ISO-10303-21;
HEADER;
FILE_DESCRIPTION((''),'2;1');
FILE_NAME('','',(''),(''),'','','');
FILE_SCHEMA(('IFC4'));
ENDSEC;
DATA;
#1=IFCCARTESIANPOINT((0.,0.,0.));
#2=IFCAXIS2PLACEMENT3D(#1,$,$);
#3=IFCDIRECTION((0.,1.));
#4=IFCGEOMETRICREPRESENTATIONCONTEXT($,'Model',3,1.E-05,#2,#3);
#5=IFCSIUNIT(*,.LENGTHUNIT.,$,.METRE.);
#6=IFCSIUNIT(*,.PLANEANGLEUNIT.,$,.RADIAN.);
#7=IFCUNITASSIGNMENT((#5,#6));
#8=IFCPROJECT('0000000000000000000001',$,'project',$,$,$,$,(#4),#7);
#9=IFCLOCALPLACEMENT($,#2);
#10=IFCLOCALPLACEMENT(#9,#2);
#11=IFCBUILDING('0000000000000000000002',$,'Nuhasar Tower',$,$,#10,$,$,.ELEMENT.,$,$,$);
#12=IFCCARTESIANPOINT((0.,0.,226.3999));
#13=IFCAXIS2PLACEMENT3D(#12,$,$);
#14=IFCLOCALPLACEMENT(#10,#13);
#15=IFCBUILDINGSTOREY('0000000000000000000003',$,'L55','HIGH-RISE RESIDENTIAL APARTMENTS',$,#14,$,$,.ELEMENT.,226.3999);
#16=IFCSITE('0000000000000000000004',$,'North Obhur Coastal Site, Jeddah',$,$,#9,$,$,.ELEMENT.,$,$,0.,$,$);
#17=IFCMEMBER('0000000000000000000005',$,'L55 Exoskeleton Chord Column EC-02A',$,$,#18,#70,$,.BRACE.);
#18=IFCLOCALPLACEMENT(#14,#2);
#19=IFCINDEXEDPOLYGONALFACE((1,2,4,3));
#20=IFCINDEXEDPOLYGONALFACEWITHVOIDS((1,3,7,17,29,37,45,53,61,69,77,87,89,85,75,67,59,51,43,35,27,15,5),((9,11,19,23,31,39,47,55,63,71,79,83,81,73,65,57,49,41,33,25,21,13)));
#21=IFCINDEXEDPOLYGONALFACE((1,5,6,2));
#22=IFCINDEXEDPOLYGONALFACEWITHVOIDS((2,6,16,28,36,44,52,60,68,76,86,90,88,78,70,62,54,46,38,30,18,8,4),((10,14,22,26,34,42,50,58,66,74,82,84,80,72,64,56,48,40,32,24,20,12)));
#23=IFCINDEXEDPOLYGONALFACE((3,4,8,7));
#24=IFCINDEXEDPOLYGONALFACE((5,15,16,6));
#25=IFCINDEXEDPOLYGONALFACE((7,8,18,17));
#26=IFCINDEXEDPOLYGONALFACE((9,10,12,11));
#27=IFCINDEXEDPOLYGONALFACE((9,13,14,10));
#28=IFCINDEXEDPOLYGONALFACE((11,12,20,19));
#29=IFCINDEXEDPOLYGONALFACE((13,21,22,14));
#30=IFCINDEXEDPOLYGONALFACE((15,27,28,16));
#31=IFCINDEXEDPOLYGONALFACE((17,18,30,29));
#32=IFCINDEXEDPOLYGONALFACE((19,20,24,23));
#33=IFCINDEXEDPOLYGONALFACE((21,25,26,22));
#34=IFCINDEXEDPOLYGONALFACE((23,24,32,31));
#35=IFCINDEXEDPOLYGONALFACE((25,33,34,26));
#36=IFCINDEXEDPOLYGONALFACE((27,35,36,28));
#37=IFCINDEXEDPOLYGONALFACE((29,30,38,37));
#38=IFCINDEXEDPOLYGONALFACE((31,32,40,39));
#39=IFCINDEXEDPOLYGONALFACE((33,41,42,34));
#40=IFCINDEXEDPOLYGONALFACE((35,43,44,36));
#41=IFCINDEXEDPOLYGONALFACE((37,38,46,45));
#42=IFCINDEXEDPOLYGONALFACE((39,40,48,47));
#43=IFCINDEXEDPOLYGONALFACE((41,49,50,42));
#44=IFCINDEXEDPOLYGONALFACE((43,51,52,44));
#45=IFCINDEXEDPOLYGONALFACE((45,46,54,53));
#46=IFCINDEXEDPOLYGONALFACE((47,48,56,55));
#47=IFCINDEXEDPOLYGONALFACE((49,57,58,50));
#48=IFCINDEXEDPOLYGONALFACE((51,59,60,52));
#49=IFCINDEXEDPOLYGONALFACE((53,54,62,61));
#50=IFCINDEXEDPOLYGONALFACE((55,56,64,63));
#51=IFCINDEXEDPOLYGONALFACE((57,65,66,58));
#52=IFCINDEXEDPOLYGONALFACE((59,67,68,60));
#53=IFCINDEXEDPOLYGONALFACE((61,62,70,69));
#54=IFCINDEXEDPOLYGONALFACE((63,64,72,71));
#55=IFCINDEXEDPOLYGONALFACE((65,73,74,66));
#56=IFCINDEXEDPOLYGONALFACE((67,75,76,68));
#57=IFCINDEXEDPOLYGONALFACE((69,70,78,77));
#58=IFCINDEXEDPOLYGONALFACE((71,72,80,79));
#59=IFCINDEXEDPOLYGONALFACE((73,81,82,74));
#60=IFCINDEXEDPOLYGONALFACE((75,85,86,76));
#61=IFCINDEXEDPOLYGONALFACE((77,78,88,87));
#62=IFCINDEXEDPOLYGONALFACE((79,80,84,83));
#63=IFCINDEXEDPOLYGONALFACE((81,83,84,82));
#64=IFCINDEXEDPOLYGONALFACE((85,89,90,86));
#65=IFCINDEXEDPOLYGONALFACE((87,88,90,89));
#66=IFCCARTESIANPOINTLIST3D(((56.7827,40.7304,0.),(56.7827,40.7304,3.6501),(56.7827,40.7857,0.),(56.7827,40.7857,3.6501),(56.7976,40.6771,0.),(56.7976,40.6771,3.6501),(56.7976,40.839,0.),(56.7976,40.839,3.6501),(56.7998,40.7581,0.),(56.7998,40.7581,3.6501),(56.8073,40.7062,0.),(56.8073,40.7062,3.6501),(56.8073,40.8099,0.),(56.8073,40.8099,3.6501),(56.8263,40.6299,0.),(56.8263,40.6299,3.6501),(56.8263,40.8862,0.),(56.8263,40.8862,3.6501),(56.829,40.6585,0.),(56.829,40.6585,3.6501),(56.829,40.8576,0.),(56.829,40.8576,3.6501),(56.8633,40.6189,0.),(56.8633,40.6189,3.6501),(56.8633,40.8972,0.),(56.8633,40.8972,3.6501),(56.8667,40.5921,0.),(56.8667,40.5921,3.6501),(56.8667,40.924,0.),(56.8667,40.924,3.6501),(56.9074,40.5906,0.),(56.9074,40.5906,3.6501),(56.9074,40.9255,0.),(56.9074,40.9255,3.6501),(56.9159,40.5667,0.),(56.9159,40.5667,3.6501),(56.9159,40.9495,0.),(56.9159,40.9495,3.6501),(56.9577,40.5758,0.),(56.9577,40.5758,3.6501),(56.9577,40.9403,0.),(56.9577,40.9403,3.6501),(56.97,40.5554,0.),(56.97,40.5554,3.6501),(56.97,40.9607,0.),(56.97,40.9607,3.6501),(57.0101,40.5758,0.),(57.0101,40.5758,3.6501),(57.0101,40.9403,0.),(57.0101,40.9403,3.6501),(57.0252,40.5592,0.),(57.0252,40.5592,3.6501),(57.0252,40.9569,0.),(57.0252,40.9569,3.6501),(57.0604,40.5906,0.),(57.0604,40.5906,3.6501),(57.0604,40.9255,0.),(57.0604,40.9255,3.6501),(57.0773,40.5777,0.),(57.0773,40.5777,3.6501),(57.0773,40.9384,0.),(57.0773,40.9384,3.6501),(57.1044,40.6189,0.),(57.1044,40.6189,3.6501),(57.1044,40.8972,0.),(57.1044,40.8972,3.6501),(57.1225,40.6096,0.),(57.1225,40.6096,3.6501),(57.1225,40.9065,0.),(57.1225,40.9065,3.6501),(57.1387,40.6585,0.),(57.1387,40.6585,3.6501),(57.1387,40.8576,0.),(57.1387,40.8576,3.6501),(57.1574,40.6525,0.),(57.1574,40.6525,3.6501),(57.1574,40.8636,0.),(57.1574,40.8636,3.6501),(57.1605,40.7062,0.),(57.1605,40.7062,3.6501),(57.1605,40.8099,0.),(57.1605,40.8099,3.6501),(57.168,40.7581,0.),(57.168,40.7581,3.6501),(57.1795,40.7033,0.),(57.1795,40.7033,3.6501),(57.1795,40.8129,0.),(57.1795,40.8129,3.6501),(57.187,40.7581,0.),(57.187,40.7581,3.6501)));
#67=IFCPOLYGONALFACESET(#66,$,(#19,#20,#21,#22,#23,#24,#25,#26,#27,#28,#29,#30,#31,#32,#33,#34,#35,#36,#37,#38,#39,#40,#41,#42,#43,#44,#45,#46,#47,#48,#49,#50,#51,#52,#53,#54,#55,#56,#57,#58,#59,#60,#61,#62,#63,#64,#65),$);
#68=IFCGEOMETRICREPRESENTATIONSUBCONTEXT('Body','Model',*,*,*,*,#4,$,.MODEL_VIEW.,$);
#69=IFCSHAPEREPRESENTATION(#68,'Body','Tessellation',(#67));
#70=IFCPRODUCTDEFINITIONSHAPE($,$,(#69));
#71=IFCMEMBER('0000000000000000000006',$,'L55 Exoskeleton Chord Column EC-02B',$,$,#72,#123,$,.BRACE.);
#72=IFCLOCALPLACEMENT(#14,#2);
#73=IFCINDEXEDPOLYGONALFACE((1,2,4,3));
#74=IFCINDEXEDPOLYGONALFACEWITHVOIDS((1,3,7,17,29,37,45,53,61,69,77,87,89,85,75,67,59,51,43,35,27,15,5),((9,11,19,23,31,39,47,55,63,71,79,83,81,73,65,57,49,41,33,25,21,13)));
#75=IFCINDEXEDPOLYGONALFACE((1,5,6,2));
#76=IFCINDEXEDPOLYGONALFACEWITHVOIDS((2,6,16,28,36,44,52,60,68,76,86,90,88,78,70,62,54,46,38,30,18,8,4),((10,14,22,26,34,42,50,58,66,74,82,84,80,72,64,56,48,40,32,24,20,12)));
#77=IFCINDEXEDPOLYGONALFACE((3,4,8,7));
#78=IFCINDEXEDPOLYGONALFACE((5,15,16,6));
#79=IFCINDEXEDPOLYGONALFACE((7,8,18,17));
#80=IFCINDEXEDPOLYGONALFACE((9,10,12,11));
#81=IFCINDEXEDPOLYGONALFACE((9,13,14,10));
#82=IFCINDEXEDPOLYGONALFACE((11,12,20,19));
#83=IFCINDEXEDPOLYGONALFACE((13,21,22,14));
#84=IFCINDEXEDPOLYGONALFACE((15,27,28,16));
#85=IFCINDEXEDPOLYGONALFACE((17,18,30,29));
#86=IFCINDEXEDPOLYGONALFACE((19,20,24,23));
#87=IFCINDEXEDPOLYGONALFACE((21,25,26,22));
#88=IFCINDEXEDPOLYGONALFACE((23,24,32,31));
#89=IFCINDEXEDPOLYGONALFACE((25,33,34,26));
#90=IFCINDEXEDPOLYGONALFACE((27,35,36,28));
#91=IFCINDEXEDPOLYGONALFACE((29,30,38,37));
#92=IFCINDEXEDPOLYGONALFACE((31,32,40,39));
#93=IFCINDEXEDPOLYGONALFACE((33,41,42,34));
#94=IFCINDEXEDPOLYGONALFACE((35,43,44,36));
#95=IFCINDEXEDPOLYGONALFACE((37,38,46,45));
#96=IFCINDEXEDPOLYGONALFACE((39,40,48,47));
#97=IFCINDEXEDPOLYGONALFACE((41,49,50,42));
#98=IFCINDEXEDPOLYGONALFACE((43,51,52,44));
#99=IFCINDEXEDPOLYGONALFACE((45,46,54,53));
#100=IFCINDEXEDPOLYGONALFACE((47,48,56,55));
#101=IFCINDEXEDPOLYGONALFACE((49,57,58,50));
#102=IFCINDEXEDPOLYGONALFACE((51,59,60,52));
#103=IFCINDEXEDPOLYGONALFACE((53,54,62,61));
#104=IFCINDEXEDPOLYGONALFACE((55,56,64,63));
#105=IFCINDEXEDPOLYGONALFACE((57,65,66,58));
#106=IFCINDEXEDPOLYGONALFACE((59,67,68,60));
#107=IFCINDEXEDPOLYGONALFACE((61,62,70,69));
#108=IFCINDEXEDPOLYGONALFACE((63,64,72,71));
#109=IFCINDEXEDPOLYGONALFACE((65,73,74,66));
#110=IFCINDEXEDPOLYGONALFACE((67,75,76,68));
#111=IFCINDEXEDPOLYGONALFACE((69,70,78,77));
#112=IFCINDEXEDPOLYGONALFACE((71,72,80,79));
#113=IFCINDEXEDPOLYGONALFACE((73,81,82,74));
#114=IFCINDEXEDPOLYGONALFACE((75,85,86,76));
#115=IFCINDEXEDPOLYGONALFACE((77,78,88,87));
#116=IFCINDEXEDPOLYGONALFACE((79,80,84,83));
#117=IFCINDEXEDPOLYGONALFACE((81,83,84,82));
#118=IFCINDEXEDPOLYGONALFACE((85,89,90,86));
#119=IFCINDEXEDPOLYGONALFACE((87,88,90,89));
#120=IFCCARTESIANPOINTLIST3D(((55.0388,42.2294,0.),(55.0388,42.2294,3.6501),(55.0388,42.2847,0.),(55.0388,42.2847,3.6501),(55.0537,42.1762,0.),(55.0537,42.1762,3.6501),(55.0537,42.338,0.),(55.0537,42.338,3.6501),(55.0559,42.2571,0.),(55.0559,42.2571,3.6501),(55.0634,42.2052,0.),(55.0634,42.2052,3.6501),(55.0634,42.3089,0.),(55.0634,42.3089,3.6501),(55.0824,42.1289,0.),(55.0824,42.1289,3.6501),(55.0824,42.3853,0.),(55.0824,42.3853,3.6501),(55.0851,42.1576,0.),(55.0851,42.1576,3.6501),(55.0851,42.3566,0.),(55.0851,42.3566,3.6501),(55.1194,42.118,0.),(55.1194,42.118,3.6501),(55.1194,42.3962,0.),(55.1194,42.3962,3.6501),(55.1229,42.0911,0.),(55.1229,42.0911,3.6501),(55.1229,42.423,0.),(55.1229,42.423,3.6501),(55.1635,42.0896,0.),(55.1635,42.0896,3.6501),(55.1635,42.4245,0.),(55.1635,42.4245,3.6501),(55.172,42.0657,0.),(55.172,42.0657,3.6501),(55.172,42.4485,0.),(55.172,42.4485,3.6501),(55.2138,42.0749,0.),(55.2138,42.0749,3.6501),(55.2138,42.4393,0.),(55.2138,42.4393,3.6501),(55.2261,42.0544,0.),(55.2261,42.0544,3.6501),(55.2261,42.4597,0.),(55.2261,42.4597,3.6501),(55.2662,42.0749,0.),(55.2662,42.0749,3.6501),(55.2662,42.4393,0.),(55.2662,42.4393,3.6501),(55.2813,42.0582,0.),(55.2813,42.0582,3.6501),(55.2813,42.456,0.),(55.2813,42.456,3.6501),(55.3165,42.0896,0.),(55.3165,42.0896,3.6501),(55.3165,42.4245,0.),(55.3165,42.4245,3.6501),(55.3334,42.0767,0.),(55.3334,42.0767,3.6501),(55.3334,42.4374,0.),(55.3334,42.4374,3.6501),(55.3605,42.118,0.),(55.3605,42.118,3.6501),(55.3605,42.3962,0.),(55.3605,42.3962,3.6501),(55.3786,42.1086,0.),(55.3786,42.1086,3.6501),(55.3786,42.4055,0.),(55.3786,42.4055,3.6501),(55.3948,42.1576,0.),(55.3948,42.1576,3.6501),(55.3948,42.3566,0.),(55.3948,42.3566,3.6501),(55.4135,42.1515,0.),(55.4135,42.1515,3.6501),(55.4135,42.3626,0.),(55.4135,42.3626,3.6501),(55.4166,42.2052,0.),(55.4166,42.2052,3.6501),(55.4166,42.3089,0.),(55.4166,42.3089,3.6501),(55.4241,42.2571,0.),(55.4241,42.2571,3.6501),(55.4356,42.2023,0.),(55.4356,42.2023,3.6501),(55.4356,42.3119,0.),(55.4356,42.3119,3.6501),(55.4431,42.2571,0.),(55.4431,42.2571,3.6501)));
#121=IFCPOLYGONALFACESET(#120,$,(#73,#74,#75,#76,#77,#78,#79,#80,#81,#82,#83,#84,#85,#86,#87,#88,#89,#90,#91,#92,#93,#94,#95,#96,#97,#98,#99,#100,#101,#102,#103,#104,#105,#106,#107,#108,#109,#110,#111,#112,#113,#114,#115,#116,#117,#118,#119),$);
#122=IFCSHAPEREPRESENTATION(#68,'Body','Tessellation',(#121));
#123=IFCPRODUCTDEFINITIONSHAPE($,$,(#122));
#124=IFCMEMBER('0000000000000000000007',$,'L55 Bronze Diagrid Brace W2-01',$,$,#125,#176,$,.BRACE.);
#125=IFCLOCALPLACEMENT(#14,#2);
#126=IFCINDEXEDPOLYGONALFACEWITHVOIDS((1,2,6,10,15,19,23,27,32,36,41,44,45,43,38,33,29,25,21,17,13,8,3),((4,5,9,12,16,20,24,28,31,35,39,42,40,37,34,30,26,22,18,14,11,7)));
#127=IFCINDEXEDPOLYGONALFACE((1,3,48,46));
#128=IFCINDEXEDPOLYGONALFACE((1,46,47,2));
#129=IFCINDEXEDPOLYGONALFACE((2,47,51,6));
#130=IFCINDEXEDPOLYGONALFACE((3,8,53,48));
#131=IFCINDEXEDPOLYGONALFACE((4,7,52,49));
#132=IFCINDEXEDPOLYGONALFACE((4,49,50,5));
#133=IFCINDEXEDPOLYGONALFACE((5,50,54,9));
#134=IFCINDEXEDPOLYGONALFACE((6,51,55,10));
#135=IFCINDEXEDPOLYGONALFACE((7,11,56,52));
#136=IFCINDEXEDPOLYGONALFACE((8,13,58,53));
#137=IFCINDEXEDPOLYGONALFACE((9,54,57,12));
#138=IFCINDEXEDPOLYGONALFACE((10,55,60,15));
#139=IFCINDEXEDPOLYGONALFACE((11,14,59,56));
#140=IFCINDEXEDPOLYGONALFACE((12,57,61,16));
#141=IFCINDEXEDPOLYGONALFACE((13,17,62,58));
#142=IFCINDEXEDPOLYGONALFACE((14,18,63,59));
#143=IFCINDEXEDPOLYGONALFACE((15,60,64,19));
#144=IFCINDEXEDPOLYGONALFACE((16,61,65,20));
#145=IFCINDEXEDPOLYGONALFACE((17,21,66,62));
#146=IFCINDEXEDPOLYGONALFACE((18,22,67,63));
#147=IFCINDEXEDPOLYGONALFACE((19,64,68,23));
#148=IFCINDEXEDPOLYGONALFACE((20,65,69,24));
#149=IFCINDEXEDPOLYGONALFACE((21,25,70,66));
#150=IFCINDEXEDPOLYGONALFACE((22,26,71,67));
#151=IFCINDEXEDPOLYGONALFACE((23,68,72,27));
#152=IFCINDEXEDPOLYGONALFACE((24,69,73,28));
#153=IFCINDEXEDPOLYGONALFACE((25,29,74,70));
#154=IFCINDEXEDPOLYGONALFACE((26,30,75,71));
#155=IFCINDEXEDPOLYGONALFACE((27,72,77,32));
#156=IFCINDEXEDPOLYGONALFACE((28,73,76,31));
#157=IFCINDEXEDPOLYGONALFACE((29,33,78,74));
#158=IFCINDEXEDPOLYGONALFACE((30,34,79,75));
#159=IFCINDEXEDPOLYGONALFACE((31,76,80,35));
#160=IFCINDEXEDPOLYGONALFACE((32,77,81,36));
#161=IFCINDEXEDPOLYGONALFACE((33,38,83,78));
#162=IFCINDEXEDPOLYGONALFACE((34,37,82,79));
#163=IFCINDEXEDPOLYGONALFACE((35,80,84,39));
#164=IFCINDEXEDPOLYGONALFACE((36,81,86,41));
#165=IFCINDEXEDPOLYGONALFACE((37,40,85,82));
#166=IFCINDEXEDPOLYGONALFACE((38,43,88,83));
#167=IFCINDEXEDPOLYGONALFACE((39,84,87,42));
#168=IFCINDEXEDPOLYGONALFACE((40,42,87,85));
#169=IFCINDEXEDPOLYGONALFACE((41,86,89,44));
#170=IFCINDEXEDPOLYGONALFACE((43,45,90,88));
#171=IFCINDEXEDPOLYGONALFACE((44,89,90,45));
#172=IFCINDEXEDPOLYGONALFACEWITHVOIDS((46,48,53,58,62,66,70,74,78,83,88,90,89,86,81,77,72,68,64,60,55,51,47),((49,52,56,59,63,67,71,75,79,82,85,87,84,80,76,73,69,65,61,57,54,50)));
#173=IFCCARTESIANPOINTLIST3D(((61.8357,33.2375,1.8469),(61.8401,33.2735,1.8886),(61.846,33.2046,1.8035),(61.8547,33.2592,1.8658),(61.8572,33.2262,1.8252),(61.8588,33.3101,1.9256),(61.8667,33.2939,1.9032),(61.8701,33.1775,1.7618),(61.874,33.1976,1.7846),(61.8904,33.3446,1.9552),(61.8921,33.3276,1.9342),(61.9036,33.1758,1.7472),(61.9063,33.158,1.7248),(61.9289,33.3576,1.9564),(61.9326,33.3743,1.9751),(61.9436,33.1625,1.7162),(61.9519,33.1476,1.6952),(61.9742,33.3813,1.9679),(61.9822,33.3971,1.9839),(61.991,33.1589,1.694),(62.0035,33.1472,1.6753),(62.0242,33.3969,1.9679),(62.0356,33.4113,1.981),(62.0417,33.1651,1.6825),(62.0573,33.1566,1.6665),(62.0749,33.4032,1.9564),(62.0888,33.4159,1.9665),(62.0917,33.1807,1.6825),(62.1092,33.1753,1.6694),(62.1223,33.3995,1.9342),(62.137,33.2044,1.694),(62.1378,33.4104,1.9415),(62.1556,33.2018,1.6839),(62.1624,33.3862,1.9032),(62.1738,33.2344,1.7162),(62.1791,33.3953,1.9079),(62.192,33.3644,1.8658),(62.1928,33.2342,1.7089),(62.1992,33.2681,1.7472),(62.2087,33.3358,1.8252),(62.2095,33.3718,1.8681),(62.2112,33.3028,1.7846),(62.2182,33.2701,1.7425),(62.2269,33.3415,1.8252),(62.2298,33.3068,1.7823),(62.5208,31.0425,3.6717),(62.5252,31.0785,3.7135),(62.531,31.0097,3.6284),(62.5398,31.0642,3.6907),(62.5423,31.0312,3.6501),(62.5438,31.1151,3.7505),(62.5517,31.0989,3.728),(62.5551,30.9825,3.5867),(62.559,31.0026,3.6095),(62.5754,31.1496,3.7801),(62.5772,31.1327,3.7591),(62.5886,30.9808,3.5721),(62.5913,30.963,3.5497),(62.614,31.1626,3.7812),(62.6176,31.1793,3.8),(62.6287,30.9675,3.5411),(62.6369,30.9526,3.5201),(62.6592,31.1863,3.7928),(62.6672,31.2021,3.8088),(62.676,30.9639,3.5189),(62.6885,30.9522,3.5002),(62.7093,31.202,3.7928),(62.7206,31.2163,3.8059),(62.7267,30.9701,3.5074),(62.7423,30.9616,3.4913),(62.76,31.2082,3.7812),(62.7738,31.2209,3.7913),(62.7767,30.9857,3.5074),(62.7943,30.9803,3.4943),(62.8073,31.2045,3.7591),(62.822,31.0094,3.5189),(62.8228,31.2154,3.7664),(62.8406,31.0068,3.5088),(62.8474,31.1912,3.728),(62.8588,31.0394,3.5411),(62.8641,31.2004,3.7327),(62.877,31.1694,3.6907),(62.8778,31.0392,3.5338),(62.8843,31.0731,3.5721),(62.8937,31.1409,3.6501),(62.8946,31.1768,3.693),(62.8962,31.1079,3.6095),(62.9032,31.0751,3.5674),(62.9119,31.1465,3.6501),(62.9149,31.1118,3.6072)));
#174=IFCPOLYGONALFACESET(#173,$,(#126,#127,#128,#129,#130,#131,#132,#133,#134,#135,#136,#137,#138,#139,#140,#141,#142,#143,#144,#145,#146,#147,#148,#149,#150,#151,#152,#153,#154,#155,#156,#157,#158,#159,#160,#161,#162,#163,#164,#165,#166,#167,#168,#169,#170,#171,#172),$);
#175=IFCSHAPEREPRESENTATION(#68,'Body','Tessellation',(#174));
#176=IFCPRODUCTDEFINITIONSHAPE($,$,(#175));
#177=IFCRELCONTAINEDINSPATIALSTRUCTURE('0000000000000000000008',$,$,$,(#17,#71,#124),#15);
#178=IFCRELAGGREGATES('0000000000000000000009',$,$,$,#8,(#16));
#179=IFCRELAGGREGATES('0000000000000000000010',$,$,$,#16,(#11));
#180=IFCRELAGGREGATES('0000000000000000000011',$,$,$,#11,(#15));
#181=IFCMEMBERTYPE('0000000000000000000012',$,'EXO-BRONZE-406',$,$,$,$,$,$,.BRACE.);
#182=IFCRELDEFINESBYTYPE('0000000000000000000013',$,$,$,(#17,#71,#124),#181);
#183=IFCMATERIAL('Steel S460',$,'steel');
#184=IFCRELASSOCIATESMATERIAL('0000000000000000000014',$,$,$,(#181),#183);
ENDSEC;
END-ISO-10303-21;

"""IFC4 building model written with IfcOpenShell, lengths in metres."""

from ifc_helpers import new_model, si_unit, direction, frame, origin, origin_2d, place, context, subcontext, project, spatial, hollow_circle, extrude, material, material_profile, profile_set, type_object, element, save


model = new_model("IFC4")

# Units and contexts
model_context = context("Model", 3, precision=1e-05, world=origin(), true_north=direction((0.0, 1.0)))
body_context = subcontext(model_context, "Body", "Model", "MODEL_VIEW")
ifc_project = project(units=[si_unit("LENGTHUNIT", "METRE"), si_unit("PLANEANGLEUNIT", "RADIAN")], contexts=[model_context])

# Site, building, storey
site_placement = place(None, origin())
site = spatial("IfcSite", under=ifc_project, at=site_placement, Name="North Obhur Coastal Site, Jeddah", CompositionType="ELEMENT", RefElevation=0.0)
building_placement = place(site_placement, origin())
building = spatial("IfcBuilding", under=site, at=building_placement, Name="Nuhasar Tower", CompositionType="ELEMENT")
storey_placement = place(building_placement, frame((0.0, 0.0, 226.3999)))
storey = spatial("IfcBuildingStorey", under=building, at=storey_placement, Name="L55", Description="HIGH-RISE RESIDENTIAL APARTMENTS", CompositionType="ELEMENT", Elevation=226.3999)

# Members
ifc_material_1 = material(Name="Steel S460", Category="steel")
ifc_material_profile_1 = material_profile(ifc_material_1, hollow_circle(Radius=0.2031, WallThickness=0.019, at=origin_2d()), Name="HSS406.4X19.1")
ifc_profile_set_1 = profile_set([ifc_material_profile_1], Name="Steel S460")
member_type_1 = type_object("IfcMemberType", Name="EXO-BRONZE-406", PredefinedType="BRACE", material=ifc_profile_set_1)
for number, where, z_axis, x_axis, name in (
    (1, (56.9839, 40.7581, 0.0), (0.0, 0.0, 1.0), (1.0, 0.0, 0.0), "L55 Exoskeleton Chord Column EC-02A"),
    (2, (55.24, 42.2571, 0.0), (0.0, 0.0, 1.0), (1.0, 0.0, 0.0), "L55 Exoskeleton Chord Column EC-02B"),
):
    element("IfcMember", number, at=place(storey_placement, frame(where, z_axis=z_axis, x_axis=x_axis)), inside=storey, type_object=member_type_1, Name=name, PredefinedType="BRACE", context=body_context, shape_type="SweptSolid", body=[
        extrude(hollow_circle(Radius=0.2031, WallThickness=0.019, at=origin_2d()), origin(), (0.0, 0.0, 1.0), 3.6501),
    ])
member_1_placement = place(storey_placement, frame((62.033, 33.281, 1.8252), z_axis=(0.233358, -0.747727, 0.62165), x_axis=(0.954591, 0.297918, 0.0)))
element("IfcMember", 3, at=member_1_placement, inside=storey, type_object=member_type_1, Name="L55 Bronze Diagrid Brace W2-01", PredefinedType="BRACE", context=body_context, shape_type="SweptSolid", body=[
    extrude(hollow_circle(Radius=0.2031, WallThickness=0.019, at=origin_2d()), origin(), (0.0, 0.0, 1.0), 2.9355),
])

save(model, "model.ifc")
